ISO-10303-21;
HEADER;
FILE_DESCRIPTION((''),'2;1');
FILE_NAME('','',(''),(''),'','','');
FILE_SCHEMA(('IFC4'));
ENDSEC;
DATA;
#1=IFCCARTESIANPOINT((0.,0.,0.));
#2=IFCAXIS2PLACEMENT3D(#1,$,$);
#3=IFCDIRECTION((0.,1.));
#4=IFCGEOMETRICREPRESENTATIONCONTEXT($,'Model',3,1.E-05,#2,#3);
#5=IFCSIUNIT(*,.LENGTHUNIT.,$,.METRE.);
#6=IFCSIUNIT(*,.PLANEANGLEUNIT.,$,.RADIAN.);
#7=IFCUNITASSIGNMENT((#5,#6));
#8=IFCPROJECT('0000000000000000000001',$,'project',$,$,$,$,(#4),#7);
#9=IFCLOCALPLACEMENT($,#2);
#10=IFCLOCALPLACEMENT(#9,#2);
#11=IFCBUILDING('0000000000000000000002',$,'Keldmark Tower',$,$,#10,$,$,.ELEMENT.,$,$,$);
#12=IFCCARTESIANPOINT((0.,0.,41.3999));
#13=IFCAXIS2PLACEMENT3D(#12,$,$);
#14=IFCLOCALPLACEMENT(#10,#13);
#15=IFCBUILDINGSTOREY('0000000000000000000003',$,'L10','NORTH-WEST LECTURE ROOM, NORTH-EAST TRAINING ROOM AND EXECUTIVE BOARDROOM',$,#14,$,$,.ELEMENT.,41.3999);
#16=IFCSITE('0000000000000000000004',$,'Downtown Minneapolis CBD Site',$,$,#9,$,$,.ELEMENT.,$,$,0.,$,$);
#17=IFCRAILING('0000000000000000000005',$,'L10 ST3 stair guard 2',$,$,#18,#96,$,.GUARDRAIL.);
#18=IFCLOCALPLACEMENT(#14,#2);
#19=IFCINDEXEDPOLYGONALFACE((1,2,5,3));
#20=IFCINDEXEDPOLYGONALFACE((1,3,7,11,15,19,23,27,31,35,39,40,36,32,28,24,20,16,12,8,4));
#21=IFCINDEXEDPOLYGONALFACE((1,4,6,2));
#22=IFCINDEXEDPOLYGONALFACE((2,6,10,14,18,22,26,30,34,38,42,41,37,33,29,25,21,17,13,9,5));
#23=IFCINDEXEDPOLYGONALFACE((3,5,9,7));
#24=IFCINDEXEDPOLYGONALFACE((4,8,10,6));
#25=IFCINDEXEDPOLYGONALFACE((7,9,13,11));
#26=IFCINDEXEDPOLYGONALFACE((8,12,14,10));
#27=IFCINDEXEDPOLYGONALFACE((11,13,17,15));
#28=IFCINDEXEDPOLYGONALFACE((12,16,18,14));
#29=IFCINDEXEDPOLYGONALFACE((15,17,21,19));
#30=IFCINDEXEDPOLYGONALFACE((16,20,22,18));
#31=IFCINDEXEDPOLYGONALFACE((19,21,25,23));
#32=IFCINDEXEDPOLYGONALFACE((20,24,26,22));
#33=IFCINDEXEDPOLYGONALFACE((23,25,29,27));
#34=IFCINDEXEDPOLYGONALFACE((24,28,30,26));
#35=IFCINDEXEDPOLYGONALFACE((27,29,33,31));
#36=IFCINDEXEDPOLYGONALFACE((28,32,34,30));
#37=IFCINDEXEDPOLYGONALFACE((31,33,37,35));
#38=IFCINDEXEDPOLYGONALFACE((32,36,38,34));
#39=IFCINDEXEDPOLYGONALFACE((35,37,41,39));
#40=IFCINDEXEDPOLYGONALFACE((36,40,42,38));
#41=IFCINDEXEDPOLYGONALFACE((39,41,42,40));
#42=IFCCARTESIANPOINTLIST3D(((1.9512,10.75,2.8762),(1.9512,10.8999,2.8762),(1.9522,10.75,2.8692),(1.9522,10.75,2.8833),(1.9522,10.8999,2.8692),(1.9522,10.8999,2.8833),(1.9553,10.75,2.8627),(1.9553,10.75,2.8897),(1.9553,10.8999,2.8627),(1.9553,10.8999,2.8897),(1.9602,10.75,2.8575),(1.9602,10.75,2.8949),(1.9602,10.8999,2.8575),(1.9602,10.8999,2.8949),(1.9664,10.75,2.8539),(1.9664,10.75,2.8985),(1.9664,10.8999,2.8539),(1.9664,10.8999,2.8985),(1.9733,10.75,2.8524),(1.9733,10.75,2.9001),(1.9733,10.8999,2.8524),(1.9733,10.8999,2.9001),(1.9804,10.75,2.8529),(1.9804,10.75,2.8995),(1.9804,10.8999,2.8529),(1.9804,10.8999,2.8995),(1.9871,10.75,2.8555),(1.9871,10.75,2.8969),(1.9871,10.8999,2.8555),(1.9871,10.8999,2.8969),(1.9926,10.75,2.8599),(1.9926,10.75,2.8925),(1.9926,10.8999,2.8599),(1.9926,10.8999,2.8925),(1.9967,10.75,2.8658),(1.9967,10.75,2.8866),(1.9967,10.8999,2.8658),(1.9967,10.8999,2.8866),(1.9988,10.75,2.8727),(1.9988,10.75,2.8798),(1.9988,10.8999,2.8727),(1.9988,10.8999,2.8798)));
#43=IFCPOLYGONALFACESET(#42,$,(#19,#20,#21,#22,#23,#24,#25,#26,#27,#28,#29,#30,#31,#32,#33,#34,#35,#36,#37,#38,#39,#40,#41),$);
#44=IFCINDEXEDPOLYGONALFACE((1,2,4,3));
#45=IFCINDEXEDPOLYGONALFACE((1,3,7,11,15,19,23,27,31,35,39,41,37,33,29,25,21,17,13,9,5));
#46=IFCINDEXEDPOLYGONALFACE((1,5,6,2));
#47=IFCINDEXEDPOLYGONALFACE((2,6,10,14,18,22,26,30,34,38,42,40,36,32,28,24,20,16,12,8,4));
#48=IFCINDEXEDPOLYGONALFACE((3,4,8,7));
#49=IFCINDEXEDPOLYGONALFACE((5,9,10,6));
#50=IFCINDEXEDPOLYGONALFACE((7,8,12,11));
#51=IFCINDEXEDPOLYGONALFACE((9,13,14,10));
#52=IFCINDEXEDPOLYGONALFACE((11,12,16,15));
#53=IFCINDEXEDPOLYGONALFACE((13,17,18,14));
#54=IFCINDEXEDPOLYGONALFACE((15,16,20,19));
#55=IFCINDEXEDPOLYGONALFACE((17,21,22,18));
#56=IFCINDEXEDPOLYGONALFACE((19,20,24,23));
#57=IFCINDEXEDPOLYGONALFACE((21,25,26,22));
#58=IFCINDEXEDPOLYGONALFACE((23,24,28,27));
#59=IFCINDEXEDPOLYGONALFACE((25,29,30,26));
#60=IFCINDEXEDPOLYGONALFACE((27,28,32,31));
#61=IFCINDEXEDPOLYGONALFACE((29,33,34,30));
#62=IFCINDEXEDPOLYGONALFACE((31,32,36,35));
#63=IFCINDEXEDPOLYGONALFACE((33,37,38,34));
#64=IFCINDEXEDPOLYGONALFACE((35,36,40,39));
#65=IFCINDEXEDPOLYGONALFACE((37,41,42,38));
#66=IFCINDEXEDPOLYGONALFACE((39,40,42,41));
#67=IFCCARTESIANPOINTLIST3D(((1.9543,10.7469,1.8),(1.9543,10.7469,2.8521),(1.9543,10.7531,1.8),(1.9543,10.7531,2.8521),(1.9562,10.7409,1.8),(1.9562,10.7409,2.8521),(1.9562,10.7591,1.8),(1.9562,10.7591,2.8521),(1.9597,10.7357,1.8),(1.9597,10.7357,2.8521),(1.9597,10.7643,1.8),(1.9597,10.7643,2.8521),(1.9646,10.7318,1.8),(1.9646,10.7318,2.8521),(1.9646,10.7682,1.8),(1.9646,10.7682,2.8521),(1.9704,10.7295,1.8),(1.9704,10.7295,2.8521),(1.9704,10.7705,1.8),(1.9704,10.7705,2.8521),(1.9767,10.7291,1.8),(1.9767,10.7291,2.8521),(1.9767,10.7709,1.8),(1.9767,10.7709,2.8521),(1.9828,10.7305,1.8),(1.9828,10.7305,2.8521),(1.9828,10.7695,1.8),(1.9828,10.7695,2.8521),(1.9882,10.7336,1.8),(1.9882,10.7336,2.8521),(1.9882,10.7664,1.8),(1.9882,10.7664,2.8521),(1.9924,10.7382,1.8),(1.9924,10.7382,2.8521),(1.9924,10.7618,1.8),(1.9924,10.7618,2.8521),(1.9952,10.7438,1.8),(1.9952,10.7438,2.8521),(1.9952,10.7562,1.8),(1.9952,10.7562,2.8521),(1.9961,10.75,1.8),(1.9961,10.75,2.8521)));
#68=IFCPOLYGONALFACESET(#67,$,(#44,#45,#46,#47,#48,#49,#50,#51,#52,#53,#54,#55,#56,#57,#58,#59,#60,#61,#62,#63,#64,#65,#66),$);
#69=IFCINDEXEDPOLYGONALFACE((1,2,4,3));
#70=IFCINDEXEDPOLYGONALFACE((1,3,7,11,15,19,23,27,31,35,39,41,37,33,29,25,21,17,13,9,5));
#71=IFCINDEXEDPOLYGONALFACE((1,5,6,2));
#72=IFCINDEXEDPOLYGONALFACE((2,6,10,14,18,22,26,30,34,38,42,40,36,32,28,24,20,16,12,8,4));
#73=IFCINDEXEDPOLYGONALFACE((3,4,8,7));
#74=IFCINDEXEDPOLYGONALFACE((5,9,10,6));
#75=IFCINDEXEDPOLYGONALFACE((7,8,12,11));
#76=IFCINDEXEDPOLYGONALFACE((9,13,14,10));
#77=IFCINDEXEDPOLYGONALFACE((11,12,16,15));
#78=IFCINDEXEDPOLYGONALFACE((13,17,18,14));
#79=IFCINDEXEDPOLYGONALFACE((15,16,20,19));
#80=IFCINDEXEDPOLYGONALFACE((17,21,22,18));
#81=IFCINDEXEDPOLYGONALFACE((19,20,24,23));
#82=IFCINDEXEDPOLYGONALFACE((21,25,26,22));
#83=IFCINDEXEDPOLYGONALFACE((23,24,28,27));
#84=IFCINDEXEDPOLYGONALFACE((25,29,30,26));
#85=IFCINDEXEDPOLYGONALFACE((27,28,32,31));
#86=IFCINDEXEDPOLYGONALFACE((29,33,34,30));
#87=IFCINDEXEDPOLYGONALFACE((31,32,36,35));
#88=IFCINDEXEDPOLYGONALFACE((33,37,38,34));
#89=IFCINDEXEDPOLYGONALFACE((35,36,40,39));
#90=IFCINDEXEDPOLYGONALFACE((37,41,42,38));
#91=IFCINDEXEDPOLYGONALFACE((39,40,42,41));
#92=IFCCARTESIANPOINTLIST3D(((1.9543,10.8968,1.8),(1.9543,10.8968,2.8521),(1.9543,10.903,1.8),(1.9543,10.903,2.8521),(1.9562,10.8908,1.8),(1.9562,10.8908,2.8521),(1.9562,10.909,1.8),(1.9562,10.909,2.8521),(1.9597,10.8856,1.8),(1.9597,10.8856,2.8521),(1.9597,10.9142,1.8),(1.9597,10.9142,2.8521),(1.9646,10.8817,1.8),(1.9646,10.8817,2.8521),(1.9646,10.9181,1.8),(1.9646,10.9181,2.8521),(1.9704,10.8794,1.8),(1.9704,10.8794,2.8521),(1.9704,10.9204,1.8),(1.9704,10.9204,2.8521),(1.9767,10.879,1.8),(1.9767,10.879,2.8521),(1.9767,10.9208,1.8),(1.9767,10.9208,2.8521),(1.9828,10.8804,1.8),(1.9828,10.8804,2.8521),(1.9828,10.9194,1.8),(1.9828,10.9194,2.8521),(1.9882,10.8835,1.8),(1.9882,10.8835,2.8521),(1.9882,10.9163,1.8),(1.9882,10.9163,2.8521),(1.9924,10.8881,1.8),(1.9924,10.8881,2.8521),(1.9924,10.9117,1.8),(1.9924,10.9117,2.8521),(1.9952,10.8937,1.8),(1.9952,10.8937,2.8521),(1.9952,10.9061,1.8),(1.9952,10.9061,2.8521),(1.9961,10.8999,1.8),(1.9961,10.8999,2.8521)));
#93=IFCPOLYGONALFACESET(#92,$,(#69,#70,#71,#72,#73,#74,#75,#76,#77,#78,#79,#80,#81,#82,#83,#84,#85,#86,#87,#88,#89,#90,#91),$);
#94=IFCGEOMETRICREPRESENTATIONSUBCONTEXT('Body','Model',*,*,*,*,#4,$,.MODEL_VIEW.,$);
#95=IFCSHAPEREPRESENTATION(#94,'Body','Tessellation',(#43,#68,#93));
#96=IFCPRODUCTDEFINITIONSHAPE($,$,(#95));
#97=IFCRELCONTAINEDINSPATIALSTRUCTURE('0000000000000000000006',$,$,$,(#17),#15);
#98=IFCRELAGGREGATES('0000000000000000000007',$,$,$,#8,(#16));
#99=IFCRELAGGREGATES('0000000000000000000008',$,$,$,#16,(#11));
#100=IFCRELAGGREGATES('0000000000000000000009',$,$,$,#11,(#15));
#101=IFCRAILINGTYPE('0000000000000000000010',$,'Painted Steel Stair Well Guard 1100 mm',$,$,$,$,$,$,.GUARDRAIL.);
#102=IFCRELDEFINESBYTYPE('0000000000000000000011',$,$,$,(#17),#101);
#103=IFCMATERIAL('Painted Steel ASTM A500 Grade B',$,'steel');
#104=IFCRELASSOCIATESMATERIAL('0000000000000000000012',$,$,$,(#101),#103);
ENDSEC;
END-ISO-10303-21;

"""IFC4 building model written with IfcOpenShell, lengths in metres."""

from ifc_helpers import new_model, si_unit, direction, frame, origin, origin_2d, place, context, subcontext, project, spatial, circle, extrude, material, type_object, element, save


model = new_model("IFC4")

# Units and contexts
model_context = context("Model", 3, precision=1e-05, world=origin(), true_north=direction((0.0, 1.0)))
body_context = subcontext(model_context, "Body", "Model", "MODEL_VIEW")
ifc_project = project(units=[si_unit("LENGTHUNIT", "METRE"), si_unit("PLANEANGLEUNIT", "RADIAN")], contexts=[model_context])

# Site, building, storey
site_placement = place(None, origin())
site = spatial("IfcSite", under=ifc_project, at=site_placement, Name="Downtown Minneapolis CBD Site", CompositionType="ELEMENT", RefElevation=0.0)
building_placement = place(site_placement, origin())
building = spatial("IfcBuilding", under=site, at=building_placement, Name="Keldmark Tower", CompositionType="ELEMENT")
storey_placement = place(building_placement, frame((0.0, 0.0, 41.3999)))
storey = spatial("IfcBuildingStorey", under=building, at=storey_placement, Name="L10", Description="NORTH-WEST LECTURE ROOM, NORTH-EAST TRAINING ROOM AND EXECUTIVE BOARDROOM", CompositionType="ELEMENT", Elevation=41.3999)

# Railing
ifc_material_1 = material(Name="Painted Steel ASTM A500 Grade B", Category="steel")
railing_type_1 = type_object("IfcRailingType", Name="Painted Steel Stair Well Guard 1100 mm", PredefinedType="GUARDRAIL", material=ifc_material_1)
railing_1_placement = place(storey_placement, frame((1.9751, 10.75, 1.8)))
element("IfcRailing", 1, at=railing_1_placement, inside=storey, type_object=railing_type_1, Name="L10 ST3 stair guard 2", PredefinedType="GUARDRAIL", context=body_context, shape_type="SweptSolid", body=[
    extrude(circle(Radius=0.0239, at=origin_2d()), frame((0.0, 0.0, 1.0762), z_axis=(0.0, 1.0, 0.0), x_axis=(-1.0, 0.0, 0.0)), (0.0, 0.0, 1.0), 0.1499),
    extrude(circle(Radius=0.021, at=origin_2d()), origin(), (0.0, 0.0, 1.0), 1.052),
    extrude(circle(Radius=0.021, at=origin_2d()), frame((0.0, 0.1499, 0.0)), (0.0, 0.0, 1.0), 1.052),
])

save(model, "model.ifc")
